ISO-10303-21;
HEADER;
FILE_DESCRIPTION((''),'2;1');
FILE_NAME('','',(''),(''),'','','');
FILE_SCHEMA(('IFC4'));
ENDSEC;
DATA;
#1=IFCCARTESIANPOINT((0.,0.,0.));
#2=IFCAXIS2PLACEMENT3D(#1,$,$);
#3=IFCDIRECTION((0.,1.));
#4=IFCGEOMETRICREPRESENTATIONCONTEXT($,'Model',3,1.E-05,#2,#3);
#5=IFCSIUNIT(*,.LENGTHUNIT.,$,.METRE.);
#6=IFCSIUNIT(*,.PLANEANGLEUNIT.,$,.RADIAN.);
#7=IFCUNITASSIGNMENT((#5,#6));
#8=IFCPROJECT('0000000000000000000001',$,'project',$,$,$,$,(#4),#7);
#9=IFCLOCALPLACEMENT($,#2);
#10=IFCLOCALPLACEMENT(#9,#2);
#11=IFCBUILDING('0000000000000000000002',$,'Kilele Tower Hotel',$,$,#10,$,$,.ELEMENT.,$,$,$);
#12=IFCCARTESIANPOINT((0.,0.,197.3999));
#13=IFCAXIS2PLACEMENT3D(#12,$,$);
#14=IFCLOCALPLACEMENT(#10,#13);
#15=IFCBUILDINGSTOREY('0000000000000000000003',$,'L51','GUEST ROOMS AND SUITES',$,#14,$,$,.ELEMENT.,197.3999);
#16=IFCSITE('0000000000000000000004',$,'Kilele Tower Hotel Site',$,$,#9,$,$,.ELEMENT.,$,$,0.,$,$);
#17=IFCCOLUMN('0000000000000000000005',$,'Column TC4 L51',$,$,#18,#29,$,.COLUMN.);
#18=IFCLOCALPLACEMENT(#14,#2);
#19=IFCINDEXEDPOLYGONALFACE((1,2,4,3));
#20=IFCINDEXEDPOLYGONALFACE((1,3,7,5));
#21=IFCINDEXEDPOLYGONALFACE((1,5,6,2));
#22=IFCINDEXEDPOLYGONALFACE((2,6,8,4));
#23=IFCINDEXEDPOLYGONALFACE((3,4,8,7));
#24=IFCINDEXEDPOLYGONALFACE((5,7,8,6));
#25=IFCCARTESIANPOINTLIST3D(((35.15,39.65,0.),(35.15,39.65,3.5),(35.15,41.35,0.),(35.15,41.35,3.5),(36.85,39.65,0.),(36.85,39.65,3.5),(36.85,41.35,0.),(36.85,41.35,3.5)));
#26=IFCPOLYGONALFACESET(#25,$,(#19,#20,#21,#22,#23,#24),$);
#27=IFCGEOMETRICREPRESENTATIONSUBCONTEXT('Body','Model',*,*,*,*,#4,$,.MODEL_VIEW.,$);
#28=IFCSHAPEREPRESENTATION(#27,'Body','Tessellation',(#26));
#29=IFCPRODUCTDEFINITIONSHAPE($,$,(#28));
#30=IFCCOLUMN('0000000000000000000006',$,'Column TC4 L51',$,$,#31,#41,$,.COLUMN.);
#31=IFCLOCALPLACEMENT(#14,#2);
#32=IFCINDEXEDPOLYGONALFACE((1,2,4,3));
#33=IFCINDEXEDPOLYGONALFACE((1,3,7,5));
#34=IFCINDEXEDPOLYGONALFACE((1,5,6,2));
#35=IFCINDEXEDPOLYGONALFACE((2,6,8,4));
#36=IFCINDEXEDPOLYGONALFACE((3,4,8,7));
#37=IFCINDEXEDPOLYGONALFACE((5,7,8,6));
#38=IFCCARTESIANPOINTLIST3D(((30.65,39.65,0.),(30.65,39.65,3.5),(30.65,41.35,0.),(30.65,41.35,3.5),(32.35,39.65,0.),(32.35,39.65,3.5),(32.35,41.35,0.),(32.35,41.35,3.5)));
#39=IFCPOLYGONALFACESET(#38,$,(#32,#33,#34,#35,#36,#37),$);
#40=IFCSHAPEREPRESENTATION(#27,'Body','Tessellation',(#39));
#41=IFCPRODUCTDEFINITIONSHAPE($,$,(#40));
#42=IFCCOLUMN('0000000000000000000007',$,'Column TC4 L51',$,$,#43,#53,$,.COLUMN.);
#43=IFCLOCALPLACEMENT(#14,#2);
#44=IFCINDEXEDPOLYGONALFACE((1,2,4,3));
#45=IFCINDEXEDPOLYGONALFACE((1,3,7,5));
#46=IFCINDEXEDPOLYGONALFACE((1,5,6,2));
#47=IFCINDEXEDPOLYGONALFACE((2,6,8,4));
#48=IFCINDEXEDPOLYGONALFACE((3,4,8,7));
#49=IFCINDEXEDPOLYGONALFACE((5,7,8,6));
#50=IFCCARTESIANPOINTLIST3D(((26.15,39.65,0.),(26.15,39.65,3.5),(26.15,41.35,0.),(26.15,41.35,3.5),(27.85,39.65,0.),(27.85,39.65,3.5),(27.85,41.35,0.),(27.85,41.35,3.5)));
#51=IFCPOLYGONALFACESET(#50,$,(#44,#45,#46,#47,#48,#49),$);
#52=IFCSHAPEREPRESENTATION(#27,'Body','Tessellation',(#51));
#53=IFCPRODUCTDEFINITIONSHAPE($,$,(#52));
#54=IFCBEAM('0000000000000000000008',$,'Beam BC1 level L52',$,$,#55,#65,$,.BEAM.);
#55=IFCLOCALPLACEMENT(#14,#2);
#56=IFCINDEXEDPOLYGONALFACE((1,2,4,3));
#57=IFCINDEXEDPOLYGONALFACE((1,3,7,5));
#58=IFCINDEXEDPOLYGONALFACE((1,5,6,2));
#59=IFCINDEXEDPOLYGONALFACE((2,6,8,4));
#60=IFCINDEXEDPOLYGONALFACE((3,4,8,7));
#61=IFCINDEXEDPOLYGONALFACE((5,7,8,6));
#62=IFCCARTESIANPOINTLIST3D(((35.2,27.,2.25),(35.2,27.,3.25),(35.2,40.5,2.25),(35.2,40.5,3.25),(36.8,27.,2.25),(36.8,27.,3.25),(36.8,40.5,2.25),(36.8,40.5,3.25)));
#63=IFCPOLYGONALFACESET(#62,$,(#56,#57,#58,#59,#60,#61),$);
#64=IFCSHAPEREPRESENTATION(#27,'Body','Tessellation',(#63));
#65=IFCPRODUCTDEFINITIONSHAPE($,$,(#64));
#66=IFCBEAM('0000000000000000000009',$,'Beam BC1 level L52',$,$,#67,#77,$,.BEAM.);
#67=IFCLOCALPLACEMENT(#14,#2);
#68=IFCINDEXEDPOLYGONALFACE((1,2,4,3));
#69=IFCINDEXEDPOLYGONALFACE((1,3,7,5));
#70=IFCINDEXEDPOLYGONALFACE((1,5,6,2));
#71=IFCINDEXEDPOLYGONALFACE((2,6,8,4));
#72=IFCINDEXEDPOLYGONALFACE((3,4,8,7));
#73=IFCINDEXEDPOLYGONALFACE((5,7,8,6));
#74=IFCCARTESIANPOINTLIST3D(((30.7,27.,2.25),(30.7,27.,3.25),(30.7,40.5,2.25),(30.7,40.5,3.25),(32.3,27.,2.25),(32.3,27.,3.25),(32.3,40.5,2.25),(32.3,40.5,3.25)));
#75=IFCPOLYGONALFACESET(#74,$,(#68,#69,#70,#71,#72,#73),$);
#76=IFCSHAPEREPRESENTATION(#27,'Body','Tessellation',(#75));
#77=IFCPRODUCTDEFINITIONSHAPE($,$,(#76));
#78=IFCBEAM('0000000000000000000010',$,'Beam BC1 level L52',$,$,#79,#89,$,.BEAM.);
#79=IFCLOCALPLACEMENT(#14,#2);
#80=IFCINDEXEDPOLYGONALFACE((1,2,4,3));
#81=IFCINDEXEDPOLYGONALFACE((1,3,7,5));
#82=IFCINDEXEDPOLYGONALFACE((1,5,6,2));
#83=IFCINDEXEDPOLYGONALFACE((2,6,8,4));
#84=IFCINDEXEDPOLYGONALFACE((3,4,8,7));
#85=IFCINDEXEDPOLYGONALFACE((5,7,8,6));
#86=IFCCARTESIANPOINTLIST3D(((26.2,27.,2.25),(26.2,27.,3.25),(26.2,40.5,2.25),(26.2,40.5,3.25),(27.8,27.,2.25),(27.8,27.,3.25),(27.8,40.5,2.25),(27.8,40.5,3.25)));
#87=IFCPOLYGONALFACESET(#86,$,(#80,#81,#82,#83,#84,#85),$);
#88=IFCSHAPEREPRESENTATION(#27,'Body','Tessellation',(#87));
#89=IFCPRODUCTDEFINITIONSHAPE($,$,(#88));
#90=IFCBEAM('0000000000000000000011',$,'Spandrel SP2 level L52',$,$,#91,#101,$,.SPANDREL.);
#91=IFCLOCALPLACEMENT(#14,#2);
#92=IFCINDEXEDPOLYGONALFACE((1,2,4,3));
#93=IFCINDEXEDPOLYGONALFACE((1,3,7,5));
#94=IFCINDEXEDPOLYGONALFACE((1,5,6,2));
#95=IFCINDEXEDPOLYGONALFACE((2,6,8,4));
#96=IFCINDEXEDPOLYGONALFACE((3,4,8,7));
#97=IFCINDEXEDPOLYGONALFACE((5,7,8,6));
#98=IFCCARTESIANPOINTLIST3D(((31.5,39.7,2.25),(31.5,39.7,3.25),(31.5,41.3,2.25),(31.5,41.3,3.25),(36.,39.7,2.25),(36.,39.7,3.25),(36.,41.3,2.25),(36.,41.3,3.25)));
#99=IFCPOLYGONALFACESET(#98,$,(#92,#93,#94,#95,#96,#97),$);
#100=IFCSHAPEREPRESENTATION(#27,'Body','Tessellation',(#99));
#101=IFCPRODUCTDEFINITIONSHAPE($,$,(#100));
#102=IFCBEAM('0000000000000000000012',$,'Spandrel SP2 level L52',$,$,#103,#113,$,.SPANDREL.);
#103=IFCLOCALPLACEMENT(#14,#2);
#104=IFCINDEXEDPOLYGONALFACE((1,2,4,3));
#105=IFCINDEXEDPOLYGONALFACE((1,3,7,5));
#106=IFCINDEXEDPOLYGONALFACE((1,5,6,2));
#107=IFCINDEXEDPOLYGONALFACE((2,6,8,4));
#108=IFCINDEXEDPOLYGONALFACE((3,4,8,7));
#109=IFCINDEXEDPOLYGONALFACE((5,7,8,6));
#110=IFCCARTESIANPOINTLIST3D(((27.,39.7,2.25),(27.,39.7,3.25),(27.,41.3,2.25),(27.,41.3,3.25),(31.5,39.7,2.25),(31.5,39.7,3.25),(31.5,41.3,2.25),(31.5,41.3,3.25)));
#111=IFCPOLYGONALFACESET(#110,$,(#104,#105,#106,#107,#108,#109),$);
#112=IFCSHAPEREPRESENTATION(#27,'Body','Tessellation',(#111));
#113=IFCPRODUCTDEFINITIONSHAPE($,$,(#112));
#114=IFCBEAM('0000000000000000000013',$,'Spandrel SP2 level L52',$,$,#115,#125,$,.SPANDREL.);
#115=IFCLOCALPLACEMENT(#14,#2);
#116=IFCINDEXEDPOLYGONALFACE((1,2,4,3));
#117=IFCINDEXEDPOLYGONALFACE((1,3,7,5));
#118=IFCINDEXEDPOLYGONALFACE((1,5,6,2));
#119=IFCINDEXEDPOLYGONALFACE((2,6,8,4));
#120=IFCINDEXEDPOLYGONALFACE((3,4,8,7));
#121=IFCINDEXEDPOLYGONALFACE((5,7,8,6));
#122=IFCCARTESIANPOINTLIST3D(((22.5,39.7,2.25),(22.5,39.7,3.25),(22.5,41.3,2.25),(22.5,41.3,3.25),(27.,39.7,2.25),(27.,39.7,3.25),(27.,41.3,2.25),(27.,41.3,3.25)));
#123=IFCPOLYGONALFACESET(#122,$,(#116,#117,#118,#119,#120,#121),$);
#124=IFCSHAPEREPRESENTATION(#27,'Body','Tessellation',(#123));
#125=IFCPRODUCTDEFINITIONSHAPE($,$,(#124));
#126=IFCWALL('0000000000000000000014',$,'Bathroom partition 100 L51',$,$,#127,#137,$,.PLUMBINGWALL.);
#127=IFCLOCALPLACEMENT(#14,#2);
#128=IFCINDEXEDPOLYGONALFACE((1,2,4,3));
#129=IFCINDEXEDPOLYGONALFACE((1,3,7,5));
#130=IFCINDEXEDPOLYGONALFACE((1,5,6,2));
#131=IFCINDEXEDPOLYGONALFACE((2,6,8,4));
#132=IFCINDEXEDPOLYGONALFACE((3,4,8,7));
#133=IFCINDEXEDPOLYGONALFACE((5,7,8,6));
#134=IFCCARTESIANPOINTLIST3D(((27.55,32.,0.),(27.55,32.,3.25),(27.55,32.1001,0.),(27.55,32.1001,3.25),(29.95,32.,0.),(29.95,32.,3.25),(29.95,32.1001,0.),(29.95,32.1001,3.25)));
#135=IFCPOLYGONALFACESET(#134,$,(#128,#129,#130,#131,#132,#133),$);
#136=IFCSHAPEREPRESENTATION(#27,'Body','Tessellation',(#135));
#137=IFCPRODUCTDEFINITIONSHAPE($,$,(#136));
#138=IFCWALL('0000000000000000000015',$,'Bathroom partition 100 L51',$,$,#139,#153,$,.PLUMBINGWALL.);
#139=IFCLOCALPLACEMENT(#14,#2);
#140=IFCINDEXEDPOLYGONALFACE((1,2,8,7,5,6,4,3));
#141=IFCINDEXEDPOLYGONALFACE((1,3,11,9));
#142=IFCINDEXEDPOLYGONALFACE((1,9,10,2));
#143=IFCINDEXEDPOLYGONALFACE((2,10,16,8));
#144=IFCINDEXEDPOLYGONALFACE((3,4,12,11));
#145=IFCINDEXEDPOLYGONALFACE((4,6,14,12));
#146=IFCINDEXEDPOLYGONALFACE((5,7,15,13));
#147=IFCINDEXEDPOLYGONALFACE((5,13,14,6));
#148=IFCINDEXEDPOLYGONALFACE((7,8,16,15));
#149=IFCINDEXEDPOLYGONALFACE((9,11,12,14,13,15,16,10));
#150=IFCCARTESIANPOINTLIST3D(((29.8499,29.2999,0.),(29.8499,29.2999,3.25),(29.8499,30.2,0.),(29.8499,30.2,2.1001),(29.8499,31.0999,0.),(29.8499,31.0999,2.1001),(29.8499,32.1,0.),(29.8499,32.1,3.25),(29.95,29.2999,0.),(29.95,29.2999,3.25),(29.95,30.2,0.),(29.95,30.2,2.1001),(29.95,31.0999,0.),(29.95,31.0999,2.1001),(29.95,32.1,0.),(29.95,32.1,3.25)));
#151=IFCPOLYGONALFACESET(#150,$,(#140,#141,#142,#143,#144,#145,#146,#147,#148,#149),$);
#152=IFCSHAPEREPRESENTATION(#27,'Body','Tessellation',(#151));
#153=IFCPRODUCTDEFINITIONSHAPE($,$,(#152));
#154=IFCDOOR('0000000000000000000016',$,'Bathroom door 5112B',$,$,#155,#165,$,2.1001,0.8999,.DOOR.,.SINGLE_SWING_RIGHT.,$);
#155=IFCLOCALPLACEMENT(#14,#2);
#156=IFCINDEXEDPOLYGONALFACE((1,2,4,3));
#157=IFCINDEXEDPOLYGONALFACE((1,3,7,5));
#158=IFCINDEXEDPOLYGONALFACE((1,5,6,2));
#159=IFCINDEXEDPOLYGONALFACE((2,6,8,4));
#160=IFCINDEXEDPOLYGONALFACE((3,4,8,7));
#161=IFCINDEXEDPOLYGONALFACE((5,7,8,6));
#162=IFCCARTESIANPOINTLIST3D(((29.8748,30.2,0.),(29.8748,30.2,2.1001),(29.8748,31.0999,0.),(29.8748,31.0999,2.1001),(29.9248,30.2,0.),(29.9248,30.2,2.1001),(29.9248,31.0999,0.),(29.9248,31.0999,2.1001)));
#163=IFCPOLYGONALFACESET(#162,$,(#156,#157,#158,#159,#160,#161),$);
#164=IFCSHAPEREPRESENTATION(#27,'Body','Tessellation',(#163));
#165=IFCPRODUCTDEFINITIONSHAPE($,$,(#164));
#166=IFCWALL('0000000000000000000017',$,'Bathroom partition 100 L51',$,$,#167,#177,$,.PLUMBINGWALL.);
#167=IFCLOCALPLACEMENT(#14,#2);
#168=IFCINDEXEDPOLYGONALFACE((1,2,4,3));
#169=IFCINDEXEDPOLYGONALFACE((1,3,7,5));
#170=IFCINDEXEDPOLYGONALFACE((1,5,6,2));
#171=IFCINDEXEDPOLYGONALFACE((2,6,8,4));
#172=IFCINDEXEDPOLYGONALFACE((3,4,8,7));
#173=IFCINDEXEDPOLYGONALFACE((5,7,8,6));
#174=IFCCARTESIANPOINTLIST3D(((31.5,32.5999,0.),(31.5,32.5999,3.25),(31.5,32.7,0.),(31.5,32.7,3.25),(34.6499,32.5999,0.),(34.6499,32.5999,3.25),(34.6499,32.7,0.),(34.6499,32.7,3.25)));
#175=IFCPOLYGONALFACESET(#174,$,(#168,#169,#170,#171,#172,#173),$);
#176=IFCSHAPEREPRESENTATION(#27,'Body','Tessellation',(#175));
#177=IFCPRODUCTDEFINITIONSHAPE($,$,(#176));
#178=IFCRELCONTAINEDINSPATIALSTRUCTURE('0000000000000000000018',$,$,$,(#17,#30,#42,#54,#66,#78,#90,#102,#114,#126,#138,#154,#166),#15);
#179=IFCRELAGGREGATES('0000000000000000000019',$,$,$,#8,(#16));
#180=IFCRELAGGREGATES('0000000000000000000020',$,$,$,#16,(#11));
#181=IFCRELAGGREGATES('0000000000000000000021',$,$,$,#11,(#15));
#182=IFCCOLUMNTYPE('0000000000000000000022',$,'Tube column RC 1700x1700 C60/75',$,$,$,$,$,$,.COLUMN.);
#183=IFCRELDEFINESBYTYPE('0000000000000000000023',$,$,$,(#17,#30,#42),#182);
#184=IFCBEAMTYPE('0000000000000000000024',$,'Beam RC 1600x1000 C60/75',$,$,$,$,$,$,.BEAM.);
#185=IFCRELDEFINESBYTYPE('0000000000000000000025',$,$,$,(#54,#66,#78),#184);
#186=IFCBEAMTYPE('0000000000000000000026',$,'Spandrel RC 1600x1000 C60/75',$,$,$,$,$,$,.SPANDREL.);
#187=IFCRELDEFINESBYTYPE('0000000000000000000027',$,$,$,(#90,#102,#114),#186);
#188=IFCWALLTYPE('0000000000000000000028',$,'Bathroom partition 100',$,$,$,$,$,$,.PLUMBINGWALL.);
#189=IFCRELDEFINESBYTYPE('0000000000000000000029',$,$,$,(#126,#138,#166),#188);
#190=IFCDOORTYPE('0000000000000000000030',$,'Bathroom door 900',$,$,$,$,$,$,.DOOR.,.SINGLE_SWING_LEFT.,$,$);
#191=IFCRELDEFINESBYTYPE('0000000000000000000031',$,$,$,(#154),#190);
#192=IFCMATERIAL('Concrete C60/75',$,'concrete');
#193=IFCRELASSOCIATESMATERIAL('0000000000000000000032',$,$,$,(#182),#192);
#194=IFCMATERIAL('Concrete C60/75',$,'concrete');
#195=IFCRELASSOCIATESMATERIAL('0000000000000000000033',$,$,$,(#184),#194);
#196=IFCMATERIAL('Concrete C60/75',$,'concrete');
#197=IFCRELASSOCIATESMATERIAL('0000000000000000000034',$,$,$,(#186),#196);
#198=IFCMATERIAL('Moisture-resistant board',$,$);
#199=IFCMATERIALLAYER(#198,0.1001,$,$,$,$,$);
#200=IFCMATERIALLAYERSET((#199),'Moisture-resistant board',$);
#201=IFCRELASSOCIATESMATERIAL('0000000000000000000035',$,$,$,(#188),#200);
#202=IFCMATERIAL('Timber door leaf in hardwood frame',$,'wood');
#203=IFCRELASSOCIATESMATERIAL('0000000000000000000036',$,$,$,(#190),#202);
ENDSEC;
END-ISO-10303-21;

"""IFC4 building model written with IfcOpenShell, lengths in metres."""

from ifc_helpers import new_model, si_unit, direction, frame, frame_2d, origin, origin_2d, place, context, subcontext, project, spatial, rectangle, extrude, material, layer, layer_set, material_profile, profile_set, type_object, element, fill, save


model = new_model("IFC4")

# Units and contexts
model_context = context("Model", 3, precision=1e-05, world=origin(), true_north=direction((0.0, 1.0)))
body_context = subcontext(model_context, "Body", "Model", "MODEL_VIEW")
ifc_project = project(units=[si_unit("LENGTHUNIT", "METRE"), si_unit("PLANEANGLEUNIT", "RADIAN")], contexts=[model_context])

# Site, building, storey
site_placement = place(None, origin())
site = spatial("IfcSite", under=ifc_project, at=site_placement, Name="Kilele Tower Hotel Site", CompositionType="ELEMENT", RefElevation=0.0)
building_placement = place(site_placement, origin())
building = spatial("IfcBuilding", under=site, at=building_placement, Name="Kilele Tower Hotel", CompositionType="ELEMENT")
storey_placement = place(building_placement, frame((0.0, 0.0, 197.3999)))
storey = spatial("IfcBuildingStorey", under=building, at=storey_placement, Name="L51", Description="GUEST ROOMS AND SUITES", CompositionType="ELEMENT", Elevation=197.3999)

# Columns
ifc_material_1 = material(Name="Concrete C60/75", Category="concrete")
ifc_material_profile_1 = material_profile(ifc_material_1, rectangle(XDim=1.7, YDim=1.7, at=origin_2d()))
ifc_profile_set_1 = profile_set([ifc_material_profile_1], Name="Concrete C60/75")
column_type = type_object("IfcColumnType", Name="Tube column RC 1700x1700 C60/75", PredefinedType="COLUMN", material=ifc_profile_set_1)
for number, where, z_axis, x_axis, name in (
    (1, (36.0, 40.5, 0.0), (0.0, 0.0, 1.0), (1.0, 0.0, 0.0), "Column TC4 L51"),
    (2, (31.5, 40.5, 0.0), (0.0, 0.0, 1.0), (1.0, 0.0, 0.0), "Column TC4 L51"),
    (3, (27.0, 40.5, 0.0), (0.0, 0.0, 1.0), (1.0, 0.0, 0.0), "Column TC4 L51"),
):
    element("IfcColumn", number, at=place(storey_placement, frame(where, z_axis=z_axis, x_axis=x_axis)), inside=storey, type_object=column_type, Name=name, PredefinedType="COLUMN", context=body_context, shape_type="SweptSolid", body=[
        extrude(rectangle(XDim=1.7, YDim=1.7, at=origin_2d()), origin(), (0.0, 0.0, 1.0), 3.5),
    ])

# Beams
ifc_material_2 = material(Name="Concrete C60/75", Category="concrete")
ifc_material_profile_2 = material_profile(ifc_material_2, rectangle(XDim=1.6001, YDim=1.0, at=origin_2d()))
ifc_profile_set_2 = profile_set([ifc_material_profile_2], Name="Concrete C60/75")
beam_type_1 = type_object("IfcBeamType", Name="Beam RC 1600x1000 C60/75", PredefinedType="BEAM", material=ifc_profile_set_2)
for number, where, z_axis, x_axis, name in (
    (4, (36.0, 40.5, 2.75), (0.0, -1.0, 0.0), (1.0, 0.0, 0.0), "Beam BC1 level L52"),
    (5, (31.5, 40.5, 2.75), (0.0, -1.0, 0.0), (1.0, 0.0, 0.0), "Beam BC1 level L52"),
    (6, (27.0, 40.5, 2.75), (0.0, -1.0, 0.0), (1.0, 0.0, 0.0), "Beam BC1 level L52"),
):
    element("IfcBeam", number, at=place(storey_placement, frame(where, z_axis=z_axis, x_axis=x_axis)), inside=storey, type_object=beam_type_1, Name=name, PredefinedType="BEAM", context=body_context, shape_type="SweptSolid", body=[
        extrude(rectangle(XDim=1.6001, YDim=1.0, at=origin_2d()), origin(), (0.0, 0.0, 1.0), 13.5),
    ])
ifc_material_3 = material(Name="Concrete C60/75", Category="concrete")
ifc_material_profile_3 = material_profile(ifc_material_3, rectangle(XDim=1.6001, YDim=1.0, at=origin_2d()))
ifc_profile_set_3 = profile_set([ifc_material_profile_3], Name="Concrete C60/75")
beam_type_2 = type_object("IfcBeamType", Name="Spandrel RC 1600x1000 C60/75", PredefinedType="SPANDREL", material=ifc_profile_set_3)
for number, where, z_axis, x_axis, name in (
    (7, (36.0, 40.5, 2.75), (-1.0, 0.0, 0.0), (0.0, -1.0, 0.0), "Spandrel SP2 level L52"),
    (8, (31.5, 40.5, 2.75), (-1.0, 0.0, 0.0), (0.0, -1.0, 0.0), "Spandrel SP2 level L52"),
    (9, (27.0, 40.5, 2.75), (-1.0, 0.0, 0.0), (0.0, -1.0, 0.0), "Spandrel SP2 level L52"),
):
    element("IfcBeam", number, at=place(storey_placement, frame(where, z_axis=z_axis, x_axis=x_axis)), inside=storey, type_object=beam_type_2, Name=name, PredefinedType="SPANDREL", context=body_context, shape_type="SweptSolid", body=[
        extrude(rectangle(XDim=1.6001, YDim=1.0, at=origin_2d()), origin(), (0.0, 0.0, 1.0), 4.5),
    ])

# Wall
ifc_material_4 = material(Name="Moisture-resistant board")
ifc_layer_1 = layer(ifc_material_4, 0.1001)
ifc_layer_set_1 = layer_set([ifc_layer_1], Name="Moisture-resistant board")
wall_type_1 = type_object("IfcWallType", Name="Bathroom partition 100", PredefinedType="PLUMBINGWALL", material=ifc_layer_set_1)
wall_1_placement = place(storey_placement, frame((27.55, 32.05, 0.0), z_axis=(0.0, 0.0, 1.0), x_axis=(1.0, 0.0, 0.0)))
element("IfcWall", 10, at=wall_1_placement, inside=storey, type_object=wall_type_1, Name="Bathroom partition 100 L51", PredefinedType="PLUMBINGWALL", context=body_context, shape_type="SweptSolid", body=[
    extrude(rectangle(XDim=2.3999, YDim=0.1001, at=frame_2d((1.2, 0.0))), origin(), (0.0, 0.0, 1.0), 3.25),
])

# Wall, opening, door
wall_2_placement = place(storey_placement, frame((29.8999, 29.3, 0.0), z_axis=(0.0, 0.0, 1.0), x_axis=(0.0, 1.0, 0.0)))
wall_2 = element("IfcWall", 11, at=wall_2_placement, inside=storey, type_object=wall_type_1, Name="Bathroom partition 100 L51", PredefinedType="PLUMBINGWALL", context=body_context, shape_type="SweptSolid", body=[
    extrude(rectangle(XDim=2.8, YDim=0.1001, at=frame_2d((1.3999, 0.0))), origin(), (0.0, 0.0, 1.0), 3.25),
])
opening_1_placement = place(wall_2_placement, frame((1.7998, 0.0, 0.0), z_axis=(0.0, 0.0, 1.0), x_axis=(-1.0, 0.0, 0.0)))
opening_1 = element("IfcOpeningElement", 12, at=opening_1_placement, cuts=wall_2, PredefinedType="OPENING", context=body_context, shape_type="SweptSolid", body=[
    extrude(rectangle(XDim=0.8999, YDim=2.1001, at=frame_2d((0.45, 1.05))), frame((0.0, 0.0601, 0.0), z_axis=(0.0, -1.0, 0.0), x_axis=(1.0, 0.0, 0.0)), (0.0, 0.0, 1.0), 0.1201),
])
ifc_material_5 = material(Name="Timber door leaf in hardwood frame", Category="wood")
door_type_1 = type_object("IfcDoorType", Name="Bathroom door 900", OperationType="SINGLE_SWING_LEFT", PredefinedType="DOOR", material=ifc_material_5)
door_1_placement = place(opening_1_placement, origin())
door_1 = element("IfcDoor", 13, at=door_1_placement, inside=storey, type_object=door_type_1, Name="Bathroom door 5112B", OperationType="SINGLE_SWING_RIGHT", OverallHeight=2.1001, OverallWidth=0.8999, PredefinedType="DOOR", context=body_context, shape_type="SweptSolid", body=[
    extrude(rectangle(XDim=0.8999, YDim=2.1001, at=frame_2d((0.45, 1.05))), frame((0.0, 0.0249, 0.0), z_axis=(0.0, -1.0, 0.0), x_axis=(1.0, 0.0, 0.0)), (0.0, 0.0, 1.0), 0.05),
])
fill(opening_1, door_1)

# Wall
wall_3_placement = place(storey_placement, frame((31.5, 32.6499, 0.0), z_axis=(0.0, 0.0, 1.0), x_axis=(1.0, 0.0, 0.0)))
element("IfcWall", 14, at=wall_3_placement, inside=storey, type_object=wall_type_1, Name="Bathroom partition 100 L51", PredefinedType="PLUMBINGWALL", context=body_context, shape_type="SweptSolid", body=[
    extrude(rectangle(XDim=3.1499, YDim=0.1001, at=frame_2d((1.575, 0.0))), origin(), (0.0, 0.0, 1.0), 3.25),
])

save(model, "model.ifc")
